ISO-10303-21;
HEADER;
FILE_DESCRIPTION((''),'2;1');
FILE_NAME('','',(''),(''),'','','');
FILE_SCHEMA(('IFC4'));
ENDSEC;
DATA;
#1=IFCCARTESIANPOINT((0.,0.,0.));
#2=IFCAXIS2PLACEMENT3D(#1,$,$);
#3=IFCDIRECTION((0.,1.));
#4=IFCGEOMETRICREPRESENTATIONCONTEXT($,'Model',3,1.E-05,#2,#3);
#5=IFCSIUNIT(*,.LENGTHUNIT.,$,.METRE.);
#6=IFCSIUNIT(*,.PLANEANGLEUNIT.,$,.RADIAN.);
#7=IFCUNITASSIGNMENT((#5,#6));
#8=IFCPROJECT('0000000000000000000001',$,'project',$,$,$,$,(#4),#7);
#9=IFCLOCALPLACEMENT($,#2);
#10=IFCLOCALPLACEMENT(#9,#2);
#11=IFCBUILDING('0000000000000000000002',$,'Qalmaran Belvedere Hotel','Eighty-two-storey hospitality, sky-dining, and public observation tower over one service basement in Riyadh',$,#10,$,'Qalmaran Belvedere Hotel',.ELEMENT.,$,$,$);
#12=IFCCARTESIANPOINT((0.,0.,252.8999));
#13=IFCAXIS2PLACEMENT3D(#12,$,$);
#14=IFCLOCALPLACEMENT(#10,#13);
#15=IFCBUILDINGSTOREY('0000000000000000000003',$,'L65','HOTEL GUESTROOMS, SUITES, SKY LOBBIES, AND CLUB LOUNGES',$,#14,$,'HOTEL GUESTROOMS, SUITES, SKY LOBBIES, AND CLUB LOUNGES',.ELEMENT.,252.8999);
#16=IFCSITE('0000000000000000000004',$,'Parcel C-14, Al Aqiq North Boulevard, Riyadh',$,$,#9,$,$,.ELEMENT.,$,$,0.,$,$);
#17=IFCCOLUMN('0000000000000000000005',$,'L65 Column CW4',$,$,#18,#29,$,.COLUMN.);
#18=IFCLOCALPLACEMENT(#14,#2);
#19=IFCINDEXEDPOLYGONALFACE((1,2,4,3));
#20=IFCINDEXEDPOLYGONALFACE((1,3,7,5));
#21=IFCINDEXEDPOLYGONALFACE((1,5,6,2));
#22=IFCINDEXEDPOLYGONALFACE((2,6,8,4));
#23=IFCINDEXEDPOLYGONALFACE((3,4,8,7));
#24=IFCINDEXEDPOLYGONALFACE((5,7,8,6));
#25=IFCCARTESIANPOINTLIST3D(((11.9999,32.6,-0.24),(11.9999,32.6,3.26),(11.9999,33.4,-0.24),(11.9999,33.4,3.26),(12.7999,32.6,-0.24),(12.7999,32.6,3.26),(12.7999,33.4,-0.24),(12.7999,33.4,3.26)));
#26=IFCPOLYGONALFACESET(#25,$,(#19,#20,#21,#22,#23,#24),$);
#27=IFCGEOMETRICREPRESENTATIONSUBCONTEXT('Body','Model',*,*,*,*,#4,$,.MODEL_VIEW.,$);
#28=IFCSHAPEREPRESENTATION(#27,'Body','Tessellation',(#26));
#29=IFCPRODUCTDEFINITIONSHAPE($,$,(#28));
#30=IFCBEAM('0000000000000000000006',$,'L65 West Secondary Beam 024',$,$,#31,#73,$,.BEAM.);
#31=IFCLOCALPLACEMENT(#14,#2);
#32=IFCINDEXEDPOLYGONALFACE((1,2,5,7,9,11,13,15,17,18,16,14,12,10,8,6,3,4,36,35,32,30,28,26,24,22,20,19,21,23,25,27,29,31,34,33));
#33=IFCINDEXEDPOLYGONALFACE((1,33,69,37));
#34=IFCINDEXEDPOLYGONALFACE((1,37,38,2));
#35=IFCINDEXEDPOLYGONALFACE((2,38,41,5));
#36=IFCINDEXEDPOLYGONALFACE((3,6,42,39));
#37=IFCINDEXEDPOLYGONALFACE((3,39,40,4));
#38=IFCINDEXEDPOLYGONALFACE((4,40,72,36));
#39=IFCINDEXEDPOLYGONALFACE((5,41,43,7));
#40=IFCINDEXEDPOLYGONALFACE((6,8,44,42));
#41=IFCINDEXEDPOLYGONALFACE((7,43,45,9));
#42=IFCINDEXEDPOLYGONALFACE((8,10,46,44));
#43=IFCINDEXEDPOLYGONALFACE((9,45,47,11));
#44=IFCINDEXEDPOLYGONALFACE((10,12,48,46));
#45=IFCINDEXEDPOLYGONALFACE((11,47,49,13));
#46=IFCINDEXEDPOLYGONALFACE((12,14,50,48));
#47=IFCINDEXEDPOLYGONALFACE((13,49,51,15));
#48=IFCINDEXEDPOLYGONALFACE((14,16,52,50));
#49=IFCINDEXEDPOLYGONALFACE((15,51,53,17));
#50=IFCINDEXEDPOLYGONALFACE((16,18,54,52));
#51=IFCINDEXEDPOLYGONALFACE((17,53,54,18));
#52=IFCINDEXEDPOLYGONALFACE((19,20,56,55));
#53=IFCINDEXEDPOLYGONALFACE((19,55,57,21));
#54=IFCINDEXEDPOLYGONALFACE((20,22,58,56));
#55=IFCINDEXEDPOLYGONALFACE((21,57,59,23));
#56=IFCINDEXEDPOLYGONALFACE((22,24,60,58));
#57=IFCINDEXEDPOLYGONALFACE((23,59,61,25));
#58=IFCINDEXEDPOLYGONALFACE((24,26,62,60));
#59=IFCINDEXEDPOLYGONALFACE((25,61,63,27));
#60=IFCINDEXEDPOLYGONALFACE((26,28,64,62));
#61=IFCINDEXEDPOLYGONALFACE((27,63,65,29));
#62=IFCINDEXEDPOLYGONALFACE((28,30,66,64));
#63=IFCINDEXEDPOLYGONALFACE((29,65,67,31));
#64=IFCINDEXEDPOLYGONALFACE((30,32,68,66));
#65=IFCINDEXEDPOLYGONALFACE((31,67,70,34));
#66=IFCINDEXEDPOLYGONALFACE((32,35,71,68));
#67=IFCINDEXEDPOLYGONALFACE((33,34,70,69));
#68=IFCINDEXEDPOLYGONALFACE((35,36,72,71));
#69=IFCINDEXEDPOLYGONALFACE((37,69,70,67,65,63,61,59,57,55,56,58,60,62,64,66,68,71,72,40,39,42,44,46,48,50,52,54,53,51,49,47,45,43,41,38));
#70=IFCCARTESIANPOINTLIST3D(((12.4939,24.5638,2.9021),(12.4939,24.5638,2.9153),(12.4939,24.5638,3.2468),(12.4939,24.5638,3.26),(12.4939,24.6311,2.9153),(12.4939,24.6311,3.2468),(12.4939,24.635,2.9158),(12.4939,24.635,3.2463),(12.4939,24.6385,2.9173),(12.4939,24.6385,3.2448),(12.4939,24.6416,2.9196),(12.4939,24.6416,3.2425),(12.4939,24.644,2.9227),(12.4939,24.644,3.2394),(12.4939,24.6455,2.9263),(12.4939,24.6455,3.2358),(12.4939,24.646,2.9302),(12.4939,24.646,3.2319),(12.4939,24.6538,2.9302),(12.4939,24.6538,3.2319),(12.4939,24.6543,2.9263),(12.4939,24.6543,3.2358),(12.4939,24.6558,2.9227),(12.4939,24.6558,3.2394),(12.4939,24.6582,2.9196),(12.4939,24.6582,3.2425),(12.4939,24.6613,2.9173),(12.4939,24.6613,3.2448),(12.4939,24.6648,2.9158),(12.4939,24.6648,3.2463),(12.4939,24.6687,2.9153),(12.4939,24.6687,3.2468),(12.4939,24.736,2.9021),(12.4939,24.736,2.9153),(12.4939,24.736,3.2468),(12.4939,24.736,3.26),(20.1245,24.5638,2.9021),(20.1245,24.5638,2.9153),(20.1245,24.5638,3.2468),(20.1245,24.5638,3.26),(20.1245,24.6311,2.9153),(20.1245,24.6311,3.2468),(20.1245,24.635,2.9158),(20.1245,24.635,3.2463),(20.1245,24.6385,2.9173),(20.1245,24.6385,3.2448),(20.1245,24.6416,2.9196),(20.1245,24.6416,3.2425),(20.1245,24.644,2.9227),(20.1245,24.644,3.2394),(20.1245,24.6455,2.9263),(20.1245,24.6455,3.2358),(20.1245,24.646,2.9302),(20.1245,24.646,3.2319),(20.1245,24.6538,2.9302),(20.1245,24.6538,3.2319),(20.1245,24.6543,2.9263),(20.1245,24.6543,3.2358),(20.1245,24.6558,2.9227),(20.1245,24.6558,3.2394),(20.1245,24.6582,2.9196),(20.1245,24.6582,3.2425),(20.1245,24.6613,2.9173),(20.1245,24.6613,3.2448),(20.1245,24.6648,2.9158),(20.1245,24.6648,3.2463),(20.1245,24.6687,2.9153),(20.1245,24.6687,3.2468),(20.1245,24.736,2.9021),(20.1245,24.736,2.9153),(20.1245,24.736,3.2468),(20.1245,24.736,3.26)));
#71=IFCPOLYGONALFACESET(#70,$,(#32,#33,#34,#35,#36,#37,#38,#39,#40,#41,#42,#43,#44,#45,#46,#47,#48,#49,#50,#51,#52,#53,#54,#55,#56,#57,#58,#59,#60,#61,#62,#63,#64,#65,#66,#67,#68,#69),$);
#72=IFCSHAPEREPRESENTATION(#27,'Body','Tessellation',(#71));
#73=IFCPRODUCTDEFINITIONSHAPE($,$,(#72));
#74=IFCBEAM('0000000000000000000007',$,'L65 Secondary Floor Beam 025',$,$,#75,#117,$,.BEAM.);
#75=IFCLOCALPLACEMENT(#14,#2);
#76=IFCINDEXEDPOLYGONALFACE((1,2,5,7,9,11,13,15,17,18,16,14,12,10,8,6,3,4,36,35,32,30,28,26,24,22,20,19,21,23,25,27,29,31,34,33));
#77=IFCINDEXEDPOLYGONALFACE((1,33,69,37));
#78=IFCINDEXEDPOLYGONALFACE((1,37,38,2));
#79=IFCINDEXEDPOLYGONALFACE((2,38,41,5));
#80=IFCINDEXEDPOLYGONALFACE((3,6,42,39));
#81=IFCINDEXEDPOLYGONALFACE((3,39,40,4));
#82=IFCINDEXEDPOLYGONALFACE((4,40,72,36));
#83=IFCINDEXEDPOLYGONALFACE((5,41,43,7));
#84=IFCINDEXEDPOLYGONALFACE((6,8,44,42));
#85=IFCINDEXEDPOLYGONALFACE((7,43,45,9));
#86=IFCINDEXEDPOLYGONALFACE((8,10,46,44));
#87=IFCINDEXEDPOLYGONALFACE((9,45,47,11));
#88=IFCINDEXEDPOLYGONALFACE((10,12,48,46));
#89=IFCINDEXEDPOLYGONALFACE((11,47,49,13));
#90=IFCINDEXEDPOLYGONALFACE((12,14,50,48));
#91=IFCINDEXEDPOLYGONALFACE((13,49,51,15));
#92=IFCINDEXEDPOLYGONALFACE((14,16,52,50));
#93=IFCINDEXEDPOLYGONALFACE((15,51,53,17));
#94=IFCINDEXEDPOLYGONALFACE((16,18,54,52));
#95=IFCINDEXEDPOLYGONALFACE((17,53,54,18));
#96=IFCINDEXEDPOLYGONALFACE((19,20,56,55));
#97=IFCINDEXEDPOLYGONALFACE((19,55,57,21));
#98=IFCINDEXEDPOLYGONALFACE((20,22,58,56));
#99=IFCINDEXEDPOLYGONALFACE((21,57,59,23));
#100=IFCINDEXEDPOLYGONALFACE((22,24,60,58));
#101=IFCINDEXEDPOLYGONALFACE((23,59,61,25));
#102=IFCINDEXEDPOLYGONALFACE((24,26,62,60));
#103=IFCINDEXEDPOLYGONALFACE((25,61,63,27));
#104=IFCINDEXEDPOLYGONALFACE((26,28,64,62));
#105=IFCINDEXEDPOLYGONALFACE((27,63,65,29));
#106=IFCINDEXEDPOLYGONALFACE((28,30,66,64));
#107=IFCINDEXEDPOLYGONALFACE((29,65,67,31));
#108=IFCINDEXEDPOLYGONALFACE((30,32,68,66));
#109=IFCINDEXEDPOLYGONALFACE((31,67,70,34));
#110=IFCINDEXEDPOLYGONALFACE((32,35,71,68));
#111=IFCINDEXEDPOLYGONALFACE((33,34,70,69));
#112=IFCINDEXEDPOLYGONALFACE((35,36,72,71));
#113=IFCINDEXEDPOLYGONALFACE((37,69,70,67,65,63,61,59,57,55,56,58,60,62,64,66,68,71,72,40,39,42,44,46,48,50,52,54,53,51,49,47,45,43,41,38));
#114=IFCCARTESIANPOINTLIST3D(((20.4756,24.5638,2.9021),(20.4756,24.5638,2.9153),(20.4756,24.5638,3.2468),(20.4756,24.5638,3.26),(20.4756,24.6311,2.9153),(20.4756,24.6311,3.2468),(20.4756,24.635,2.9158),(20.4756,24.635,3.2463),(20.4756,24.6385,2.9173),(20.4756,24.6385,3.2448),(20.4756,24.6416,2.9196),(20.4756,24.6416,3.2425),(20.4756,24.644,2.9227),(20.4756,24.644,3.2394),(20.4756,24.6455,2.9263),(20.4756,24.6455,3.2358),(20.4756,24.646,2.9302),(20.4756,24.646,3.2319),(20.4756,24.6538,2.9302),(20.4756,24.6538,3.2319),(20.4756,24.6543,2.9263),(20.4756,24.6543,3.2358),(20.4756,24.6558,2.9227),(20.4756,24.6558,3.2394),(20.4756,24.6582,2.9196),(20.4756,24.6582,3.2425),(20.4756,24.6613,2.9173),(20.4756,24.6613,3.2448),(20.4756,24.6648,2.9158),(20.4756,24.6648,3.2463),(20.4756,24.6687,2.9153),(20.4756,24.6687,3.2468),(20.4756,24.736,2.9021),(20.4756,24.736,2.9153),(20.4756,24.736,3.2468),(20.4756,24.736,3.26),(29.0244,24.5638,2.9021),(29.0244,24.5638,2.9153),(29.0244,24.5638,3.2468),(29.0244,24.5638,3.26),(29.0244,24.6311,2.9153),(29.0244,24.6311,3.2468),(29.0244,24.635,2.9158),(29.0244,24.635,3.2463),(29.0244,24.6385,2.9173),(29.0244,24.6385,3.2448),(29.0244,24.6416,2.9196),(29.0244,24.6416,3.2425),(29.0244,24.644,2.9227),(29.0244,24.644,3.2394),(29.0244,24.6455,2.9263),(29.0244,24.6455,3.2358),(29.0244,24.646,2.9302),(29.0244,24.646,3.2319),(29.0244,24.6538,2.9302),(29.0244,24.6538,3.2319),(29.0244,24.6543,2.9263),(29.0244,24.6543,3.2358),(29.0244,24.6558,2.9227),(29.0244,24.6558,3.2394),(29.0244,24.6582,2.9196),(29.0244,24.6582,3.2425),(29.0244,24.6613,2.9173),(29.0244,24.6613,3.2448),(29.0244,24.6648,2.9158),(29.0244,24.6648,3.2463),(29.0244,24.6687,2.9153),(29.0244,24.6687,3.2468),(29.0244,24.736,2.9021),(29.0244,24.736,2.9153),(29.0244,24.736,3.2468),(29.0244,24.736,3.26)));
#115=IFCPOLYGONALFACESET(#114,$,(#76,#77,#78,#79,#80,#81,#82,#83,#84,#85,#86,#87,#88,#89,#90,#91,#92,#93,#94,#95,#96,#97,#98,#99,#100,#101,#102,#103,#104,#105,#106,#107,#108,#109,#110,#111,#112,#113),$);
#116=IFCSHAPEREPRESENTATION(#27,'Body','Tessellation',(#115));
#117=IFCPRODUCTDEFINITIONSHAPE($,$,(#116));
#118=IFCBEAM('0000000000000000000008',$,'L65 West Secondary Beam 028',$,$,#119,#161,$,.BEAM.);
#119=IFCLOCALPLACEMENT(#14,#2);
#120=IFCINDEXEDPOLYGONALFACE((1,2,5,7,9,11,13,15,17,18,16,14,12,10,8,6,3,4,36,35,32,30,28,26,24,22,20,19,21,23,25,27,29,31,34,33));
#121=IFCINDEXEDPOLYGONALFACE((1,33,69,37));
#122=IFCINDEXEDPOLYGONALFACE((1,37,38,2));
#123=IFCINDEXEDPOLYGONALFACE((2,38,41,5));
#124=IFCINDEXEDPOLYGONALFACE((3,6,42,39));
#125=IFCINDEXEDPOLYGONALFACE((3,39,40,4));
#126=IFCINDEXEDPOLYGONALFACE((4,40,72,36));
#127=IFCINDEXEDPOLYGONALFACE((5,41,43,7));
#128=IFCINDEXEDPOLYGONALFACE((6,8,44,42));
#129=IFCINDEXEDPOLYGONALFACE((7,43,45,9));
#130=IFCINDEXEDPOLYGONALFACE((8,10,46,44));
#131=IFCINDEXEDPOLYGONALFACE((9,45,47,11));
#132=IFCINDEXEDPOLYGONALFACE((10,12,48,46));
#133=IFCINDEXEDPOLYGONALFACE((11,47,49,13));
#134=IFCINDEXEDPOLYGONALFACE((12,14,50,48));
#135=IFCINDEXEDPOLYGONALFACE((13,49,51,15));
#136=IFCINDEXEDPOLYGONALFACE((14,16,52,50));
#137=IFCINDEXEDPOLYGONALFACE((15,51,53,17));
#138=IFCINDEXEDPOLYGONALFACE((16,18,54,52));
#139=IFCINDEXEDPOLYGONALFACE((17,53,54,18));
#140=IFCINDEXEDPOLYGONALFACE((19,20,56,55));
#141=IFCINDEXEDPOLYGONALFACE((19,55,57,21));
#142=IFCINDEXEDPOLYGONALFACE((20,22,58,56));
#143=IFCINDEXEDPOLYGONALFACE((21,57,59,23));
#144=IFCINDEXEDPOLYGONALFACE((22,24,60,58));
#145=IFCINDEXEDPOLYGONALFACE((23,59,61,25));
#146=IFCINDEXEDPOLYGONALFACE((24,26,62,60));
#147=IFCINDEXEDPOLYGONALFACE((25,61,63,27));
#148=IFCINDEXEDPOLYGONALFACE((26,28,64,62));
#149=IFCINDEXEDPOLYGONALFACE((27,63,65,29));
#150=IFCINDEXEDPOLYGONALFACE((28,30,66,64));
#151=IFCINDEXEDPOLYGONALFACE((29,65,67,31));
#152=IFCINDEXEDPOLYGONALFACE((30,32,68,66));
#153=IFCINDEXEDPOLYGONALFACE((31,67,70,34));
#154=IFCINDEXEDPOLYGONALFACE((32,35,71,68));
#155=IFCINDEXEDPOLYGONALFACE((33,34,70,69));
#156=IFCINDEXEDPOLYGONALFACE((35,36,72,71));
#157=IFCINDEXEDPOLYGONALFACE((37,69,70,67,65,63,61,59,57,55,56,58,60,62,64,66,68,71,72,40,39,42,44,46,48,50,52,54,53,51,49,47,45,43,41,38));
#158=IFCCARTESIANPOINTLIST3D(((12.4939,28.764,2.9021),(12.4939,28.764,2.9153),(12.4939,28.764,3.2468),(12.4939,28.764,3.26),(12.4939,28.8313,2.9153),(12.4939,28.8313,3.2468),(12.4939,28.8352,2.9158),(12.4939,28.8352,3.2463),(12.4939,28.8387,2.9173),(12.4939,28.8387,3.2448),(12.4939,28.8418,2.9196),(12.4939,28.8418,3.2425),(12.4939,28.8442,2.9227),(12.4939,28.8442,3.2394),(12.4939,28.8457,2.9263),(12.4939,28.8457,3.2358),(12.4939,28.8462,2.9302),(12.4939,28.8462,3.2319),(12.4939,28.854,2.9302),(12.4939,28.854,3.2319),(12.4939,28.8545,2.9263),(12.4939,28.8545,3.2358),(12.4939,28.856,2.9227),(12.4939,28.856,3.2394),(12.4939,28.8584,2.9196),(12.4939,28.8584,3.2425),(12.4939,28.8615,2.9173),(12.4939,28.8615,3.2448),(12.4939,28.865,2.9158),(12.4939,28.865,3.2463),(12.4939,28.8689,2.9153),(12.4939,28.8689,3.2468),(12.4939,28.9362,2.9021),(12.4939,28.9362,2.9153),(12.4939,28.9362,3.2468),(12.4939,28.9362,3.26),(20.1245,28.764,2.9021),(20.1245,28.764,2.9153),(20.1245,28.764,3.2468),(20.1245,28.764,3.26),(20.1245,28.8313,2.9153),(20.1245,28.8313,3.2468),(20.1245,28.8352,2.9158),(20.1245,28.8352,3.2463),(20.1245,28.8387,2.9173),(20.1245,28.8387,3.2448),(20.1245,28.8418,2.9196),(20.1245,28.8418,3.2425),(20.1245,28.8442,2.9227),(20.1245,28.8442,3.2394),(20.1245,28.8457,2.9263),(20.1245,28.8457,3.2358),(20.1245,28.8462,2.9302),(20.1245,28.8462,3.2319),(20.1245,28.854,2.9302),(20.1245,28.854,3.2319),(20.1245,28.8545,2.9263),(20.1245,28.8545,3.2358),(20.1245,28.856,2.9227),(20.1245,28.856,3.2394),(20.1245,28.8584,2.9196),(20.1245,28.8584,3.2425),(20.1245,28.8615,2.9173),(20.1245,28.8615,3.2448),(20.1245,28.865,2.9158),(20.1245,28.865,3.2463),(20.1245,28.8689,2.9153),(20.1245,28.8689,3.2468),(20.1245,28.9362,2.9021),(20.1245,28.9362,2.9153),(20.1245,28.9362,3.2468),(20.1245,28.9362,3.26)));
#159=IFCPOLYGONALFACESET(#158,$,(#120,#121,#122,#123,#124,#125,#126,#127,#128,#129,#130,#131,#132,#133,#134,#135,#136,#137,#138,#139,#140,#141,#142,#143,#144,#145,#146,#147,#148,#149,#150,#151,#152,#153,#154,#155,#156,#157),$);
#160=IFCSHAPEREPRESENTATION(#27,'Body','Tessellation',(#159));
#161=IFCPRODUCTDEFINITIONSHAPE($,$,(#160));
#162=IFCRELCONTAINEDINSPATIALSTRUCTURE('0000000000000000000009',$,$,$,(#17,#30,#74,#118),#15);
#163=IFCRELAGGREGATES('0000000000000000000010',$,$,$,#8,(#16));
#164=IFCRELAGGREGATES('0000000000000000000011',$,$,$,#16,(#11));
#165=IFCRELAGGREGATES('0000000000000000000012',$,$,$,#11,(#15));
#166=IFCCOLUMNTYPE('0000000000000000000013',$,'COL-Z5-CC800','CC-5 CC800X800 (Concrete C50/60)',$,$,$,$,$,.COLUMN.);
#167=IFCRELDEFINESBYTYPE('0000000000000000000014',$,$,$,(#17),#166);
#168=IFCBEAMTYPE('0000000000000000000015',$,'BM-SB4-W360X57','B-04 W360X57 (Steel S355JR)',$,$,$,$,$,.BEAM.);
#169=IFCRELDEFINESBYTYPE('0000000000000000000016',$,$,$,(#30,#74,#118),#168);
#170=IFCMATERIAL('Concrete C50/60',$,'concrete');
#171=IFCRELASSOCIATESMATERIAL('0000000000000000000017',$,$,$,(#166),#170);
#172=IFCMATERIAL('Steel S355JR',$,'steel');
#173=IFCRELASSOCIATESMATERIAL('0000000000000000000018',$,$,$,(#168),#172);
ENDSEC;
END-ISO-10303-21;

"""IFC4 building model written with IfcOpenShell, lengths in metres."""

from ifc_helpers import new_model, si_unit, direction, frame, origin, origin_2d, place, context, subcontext, project, spatial, rectangle, i_section, extrude, material, material_profile, profile_set, type_object, element, save


model = new_model("IFC4")

# Units and contexts
model_context = context("Model", 3, precision=1e-05, world=origin(), true_north=direction((0.0, 1.0)))
body_context = subcontext(model_context, "Body", "Model", "MODEL_VIEW")
ifc_project = project(units=[si_unit("LENGTHUNIT", "METRE"), si_unit("PLANEANGLEUNIT", "RADIAN")], contexts=[model_context])

# Site, building, storey
site_placement = place(None, origin())
site = spatial("IfcSite", under=ifc_project, at=site_placement, Name="Parcel C-14, Al Aqiq North Boulevard, Riyadh", CompositionType="ELEMENT", RefElevation=0.0)
building_placement = place(site_placement, origin())
building = spatial("IfcBuilding", under=site, at=building_placement, Name="Qalmaran Belvedere Hotel", Description="Eighty-two-storey hospitality, sky-dining, and public observation tower over one service basement in Riyadh", LongName="Qalmaran Belvedere Hotel", CompositionType="ELEMENT")
storey_placement = place(building_placement, frame((0.0, 0.0, 252.8999)))
storey = spatial("IfcBuildingStorey", under=building, at=storey_placement, Name="L65", Description="HOTEL GUESTROOMS, SUITES, SKY LOBBIES, AND CLUB LOUNGES", LongName="HOTEL GUESTROOMS, SUITES, SKY LOBBIES, AND CLUB LOUNGES", CompositionType="ELEMENT", Elevation=252.8999)

# Column
ifc_material_1 = material(Name="Concrete C50/60", Category="concrete")
ifc_material_profile_1 = material_profile(ifc_material_1, rectangle(XDim=0.8, YDim=0.8, at=origin_2d()), Name="CC800X800")
ifc_profile_set_1 = profile_set([ifc_material_profile_1], Name="Concrete C50/60")
column_type = type_object("IfcColumnType", Name="COL-Z5-CC800", Description="CC-5 CC800X800 (Concrete C50/60)", PredefinedType="COLUMN", material=ifc_profile_set_1)
column_placement = place(storey_placement, frame((12.3999, 33.0, -0.24), z_axis=(0.0, 0.0, 1.0), x_axis=(1.0, 0.0, 0.0)))
element("IfcColumn", 1, at=column_placement, inside=storey, type_object=column_type, Name="L65 Column CW4", PredefinedType="COLUMN", context=body_context, shape_type="SweptSolid", body=[
    extrude(rectangle(XDim=0.8, YDim=0.8, at=origin_2d()), origin(), (0.0, 0.0, 1.0), 3.5),
])

# Beams
ifc_material_2 = material(Name="Steel S355JR", Category="steel")
ifc_material_profile_2 = material_profile(ifc_material_2, i_section(OverallWidth=0.1721, OverallDepth=0.3579, WebThickness=0.0078, FlangeThickness=0.0132, FilletRadius=0.0149, at=origin_2d()), Name="W360X57")
ifc_profile_set_2 = profile_set([ifc_material_profile_2], Name="Steel S355JR")
beam_type_1 = type_object("IfcBeamType", Name="BM-SB4-W360X57", Description="B-04 W360X57 (Steel S355JR)", PredefinedType="BEAM", material=ifc_profile_set_2)
beam_1_placement = place(storey_placement, frame((12.4939, 24.6499, 3.0811), z_axis=(1.0, 0.0, 0.0), x_axis=(0.0, 1.0, 0.0)))
element("IfcBeam", 2, at=beam_1_placement, inside=storey, type_object=beam_type_1, Name="L65 West Secondary Beam 024", PredefinedType="BEAM", context=body_context, shape_type="SweptSolid", body=[
    extrude(i_section(OverallWidth=0.1721, OverallDepth=0.3579, WebThickness=0.0078, FlangeThickness=0.0132, FilletRadius=0.0149, at=origin_2d()), origin(), (0.0, 0.0, 1.0), 7.6306),
])
beam_2_placement = place(storey_placement, frame((20.4756, 24.6499, 3.0811), z_axis=(1.0, 0.0, 0.0), x_axis=(0.0, 1.0, 0.0)))
element("IfcBeam", 3, at=beam_2_placement, inside=storey, type_object=beam_type_1, Name="L65 Secondary Floor Beam 025", PredefinedType="BEAM", context=body_context, shape_type="SweptSolid", body=[
    extrude(i_section(OverallWidth=0.1721, OverallDepth=0.3579, WebThickness=0.0078, FlangeThickness=0.0132, FilletRadius=0.0149, at=origin_2d()), origin(), (0.0, 0.0, 1.0), 8.5488),
])
beam_3_placement = place(storey_placement, frame((12.4939, 28.8501, 3.0811), z_axis=(1.0, 0.0, 0.0), x_axis=(0.0, 1.0, 0.0)))
element("IfcBeam", 4, at=beam_3_placement, inside=storey, type_object=beam_type_1, Name="L65 West Secondary Beam 028", PredefinedType="BEAM", context=body_context, shape_type="SweptSolid", body=[
    extrude(i_section(OverallWidth=0.1721, OverallDepth=0.3579, WebThickness=0.0078, FlangeThickness=0.0132, FilletRadius=0.0149, at=origin_2d()), origin(), (0.0, 0.0, 1.0), 7.6306),
])

save(model, "model.ifc")
